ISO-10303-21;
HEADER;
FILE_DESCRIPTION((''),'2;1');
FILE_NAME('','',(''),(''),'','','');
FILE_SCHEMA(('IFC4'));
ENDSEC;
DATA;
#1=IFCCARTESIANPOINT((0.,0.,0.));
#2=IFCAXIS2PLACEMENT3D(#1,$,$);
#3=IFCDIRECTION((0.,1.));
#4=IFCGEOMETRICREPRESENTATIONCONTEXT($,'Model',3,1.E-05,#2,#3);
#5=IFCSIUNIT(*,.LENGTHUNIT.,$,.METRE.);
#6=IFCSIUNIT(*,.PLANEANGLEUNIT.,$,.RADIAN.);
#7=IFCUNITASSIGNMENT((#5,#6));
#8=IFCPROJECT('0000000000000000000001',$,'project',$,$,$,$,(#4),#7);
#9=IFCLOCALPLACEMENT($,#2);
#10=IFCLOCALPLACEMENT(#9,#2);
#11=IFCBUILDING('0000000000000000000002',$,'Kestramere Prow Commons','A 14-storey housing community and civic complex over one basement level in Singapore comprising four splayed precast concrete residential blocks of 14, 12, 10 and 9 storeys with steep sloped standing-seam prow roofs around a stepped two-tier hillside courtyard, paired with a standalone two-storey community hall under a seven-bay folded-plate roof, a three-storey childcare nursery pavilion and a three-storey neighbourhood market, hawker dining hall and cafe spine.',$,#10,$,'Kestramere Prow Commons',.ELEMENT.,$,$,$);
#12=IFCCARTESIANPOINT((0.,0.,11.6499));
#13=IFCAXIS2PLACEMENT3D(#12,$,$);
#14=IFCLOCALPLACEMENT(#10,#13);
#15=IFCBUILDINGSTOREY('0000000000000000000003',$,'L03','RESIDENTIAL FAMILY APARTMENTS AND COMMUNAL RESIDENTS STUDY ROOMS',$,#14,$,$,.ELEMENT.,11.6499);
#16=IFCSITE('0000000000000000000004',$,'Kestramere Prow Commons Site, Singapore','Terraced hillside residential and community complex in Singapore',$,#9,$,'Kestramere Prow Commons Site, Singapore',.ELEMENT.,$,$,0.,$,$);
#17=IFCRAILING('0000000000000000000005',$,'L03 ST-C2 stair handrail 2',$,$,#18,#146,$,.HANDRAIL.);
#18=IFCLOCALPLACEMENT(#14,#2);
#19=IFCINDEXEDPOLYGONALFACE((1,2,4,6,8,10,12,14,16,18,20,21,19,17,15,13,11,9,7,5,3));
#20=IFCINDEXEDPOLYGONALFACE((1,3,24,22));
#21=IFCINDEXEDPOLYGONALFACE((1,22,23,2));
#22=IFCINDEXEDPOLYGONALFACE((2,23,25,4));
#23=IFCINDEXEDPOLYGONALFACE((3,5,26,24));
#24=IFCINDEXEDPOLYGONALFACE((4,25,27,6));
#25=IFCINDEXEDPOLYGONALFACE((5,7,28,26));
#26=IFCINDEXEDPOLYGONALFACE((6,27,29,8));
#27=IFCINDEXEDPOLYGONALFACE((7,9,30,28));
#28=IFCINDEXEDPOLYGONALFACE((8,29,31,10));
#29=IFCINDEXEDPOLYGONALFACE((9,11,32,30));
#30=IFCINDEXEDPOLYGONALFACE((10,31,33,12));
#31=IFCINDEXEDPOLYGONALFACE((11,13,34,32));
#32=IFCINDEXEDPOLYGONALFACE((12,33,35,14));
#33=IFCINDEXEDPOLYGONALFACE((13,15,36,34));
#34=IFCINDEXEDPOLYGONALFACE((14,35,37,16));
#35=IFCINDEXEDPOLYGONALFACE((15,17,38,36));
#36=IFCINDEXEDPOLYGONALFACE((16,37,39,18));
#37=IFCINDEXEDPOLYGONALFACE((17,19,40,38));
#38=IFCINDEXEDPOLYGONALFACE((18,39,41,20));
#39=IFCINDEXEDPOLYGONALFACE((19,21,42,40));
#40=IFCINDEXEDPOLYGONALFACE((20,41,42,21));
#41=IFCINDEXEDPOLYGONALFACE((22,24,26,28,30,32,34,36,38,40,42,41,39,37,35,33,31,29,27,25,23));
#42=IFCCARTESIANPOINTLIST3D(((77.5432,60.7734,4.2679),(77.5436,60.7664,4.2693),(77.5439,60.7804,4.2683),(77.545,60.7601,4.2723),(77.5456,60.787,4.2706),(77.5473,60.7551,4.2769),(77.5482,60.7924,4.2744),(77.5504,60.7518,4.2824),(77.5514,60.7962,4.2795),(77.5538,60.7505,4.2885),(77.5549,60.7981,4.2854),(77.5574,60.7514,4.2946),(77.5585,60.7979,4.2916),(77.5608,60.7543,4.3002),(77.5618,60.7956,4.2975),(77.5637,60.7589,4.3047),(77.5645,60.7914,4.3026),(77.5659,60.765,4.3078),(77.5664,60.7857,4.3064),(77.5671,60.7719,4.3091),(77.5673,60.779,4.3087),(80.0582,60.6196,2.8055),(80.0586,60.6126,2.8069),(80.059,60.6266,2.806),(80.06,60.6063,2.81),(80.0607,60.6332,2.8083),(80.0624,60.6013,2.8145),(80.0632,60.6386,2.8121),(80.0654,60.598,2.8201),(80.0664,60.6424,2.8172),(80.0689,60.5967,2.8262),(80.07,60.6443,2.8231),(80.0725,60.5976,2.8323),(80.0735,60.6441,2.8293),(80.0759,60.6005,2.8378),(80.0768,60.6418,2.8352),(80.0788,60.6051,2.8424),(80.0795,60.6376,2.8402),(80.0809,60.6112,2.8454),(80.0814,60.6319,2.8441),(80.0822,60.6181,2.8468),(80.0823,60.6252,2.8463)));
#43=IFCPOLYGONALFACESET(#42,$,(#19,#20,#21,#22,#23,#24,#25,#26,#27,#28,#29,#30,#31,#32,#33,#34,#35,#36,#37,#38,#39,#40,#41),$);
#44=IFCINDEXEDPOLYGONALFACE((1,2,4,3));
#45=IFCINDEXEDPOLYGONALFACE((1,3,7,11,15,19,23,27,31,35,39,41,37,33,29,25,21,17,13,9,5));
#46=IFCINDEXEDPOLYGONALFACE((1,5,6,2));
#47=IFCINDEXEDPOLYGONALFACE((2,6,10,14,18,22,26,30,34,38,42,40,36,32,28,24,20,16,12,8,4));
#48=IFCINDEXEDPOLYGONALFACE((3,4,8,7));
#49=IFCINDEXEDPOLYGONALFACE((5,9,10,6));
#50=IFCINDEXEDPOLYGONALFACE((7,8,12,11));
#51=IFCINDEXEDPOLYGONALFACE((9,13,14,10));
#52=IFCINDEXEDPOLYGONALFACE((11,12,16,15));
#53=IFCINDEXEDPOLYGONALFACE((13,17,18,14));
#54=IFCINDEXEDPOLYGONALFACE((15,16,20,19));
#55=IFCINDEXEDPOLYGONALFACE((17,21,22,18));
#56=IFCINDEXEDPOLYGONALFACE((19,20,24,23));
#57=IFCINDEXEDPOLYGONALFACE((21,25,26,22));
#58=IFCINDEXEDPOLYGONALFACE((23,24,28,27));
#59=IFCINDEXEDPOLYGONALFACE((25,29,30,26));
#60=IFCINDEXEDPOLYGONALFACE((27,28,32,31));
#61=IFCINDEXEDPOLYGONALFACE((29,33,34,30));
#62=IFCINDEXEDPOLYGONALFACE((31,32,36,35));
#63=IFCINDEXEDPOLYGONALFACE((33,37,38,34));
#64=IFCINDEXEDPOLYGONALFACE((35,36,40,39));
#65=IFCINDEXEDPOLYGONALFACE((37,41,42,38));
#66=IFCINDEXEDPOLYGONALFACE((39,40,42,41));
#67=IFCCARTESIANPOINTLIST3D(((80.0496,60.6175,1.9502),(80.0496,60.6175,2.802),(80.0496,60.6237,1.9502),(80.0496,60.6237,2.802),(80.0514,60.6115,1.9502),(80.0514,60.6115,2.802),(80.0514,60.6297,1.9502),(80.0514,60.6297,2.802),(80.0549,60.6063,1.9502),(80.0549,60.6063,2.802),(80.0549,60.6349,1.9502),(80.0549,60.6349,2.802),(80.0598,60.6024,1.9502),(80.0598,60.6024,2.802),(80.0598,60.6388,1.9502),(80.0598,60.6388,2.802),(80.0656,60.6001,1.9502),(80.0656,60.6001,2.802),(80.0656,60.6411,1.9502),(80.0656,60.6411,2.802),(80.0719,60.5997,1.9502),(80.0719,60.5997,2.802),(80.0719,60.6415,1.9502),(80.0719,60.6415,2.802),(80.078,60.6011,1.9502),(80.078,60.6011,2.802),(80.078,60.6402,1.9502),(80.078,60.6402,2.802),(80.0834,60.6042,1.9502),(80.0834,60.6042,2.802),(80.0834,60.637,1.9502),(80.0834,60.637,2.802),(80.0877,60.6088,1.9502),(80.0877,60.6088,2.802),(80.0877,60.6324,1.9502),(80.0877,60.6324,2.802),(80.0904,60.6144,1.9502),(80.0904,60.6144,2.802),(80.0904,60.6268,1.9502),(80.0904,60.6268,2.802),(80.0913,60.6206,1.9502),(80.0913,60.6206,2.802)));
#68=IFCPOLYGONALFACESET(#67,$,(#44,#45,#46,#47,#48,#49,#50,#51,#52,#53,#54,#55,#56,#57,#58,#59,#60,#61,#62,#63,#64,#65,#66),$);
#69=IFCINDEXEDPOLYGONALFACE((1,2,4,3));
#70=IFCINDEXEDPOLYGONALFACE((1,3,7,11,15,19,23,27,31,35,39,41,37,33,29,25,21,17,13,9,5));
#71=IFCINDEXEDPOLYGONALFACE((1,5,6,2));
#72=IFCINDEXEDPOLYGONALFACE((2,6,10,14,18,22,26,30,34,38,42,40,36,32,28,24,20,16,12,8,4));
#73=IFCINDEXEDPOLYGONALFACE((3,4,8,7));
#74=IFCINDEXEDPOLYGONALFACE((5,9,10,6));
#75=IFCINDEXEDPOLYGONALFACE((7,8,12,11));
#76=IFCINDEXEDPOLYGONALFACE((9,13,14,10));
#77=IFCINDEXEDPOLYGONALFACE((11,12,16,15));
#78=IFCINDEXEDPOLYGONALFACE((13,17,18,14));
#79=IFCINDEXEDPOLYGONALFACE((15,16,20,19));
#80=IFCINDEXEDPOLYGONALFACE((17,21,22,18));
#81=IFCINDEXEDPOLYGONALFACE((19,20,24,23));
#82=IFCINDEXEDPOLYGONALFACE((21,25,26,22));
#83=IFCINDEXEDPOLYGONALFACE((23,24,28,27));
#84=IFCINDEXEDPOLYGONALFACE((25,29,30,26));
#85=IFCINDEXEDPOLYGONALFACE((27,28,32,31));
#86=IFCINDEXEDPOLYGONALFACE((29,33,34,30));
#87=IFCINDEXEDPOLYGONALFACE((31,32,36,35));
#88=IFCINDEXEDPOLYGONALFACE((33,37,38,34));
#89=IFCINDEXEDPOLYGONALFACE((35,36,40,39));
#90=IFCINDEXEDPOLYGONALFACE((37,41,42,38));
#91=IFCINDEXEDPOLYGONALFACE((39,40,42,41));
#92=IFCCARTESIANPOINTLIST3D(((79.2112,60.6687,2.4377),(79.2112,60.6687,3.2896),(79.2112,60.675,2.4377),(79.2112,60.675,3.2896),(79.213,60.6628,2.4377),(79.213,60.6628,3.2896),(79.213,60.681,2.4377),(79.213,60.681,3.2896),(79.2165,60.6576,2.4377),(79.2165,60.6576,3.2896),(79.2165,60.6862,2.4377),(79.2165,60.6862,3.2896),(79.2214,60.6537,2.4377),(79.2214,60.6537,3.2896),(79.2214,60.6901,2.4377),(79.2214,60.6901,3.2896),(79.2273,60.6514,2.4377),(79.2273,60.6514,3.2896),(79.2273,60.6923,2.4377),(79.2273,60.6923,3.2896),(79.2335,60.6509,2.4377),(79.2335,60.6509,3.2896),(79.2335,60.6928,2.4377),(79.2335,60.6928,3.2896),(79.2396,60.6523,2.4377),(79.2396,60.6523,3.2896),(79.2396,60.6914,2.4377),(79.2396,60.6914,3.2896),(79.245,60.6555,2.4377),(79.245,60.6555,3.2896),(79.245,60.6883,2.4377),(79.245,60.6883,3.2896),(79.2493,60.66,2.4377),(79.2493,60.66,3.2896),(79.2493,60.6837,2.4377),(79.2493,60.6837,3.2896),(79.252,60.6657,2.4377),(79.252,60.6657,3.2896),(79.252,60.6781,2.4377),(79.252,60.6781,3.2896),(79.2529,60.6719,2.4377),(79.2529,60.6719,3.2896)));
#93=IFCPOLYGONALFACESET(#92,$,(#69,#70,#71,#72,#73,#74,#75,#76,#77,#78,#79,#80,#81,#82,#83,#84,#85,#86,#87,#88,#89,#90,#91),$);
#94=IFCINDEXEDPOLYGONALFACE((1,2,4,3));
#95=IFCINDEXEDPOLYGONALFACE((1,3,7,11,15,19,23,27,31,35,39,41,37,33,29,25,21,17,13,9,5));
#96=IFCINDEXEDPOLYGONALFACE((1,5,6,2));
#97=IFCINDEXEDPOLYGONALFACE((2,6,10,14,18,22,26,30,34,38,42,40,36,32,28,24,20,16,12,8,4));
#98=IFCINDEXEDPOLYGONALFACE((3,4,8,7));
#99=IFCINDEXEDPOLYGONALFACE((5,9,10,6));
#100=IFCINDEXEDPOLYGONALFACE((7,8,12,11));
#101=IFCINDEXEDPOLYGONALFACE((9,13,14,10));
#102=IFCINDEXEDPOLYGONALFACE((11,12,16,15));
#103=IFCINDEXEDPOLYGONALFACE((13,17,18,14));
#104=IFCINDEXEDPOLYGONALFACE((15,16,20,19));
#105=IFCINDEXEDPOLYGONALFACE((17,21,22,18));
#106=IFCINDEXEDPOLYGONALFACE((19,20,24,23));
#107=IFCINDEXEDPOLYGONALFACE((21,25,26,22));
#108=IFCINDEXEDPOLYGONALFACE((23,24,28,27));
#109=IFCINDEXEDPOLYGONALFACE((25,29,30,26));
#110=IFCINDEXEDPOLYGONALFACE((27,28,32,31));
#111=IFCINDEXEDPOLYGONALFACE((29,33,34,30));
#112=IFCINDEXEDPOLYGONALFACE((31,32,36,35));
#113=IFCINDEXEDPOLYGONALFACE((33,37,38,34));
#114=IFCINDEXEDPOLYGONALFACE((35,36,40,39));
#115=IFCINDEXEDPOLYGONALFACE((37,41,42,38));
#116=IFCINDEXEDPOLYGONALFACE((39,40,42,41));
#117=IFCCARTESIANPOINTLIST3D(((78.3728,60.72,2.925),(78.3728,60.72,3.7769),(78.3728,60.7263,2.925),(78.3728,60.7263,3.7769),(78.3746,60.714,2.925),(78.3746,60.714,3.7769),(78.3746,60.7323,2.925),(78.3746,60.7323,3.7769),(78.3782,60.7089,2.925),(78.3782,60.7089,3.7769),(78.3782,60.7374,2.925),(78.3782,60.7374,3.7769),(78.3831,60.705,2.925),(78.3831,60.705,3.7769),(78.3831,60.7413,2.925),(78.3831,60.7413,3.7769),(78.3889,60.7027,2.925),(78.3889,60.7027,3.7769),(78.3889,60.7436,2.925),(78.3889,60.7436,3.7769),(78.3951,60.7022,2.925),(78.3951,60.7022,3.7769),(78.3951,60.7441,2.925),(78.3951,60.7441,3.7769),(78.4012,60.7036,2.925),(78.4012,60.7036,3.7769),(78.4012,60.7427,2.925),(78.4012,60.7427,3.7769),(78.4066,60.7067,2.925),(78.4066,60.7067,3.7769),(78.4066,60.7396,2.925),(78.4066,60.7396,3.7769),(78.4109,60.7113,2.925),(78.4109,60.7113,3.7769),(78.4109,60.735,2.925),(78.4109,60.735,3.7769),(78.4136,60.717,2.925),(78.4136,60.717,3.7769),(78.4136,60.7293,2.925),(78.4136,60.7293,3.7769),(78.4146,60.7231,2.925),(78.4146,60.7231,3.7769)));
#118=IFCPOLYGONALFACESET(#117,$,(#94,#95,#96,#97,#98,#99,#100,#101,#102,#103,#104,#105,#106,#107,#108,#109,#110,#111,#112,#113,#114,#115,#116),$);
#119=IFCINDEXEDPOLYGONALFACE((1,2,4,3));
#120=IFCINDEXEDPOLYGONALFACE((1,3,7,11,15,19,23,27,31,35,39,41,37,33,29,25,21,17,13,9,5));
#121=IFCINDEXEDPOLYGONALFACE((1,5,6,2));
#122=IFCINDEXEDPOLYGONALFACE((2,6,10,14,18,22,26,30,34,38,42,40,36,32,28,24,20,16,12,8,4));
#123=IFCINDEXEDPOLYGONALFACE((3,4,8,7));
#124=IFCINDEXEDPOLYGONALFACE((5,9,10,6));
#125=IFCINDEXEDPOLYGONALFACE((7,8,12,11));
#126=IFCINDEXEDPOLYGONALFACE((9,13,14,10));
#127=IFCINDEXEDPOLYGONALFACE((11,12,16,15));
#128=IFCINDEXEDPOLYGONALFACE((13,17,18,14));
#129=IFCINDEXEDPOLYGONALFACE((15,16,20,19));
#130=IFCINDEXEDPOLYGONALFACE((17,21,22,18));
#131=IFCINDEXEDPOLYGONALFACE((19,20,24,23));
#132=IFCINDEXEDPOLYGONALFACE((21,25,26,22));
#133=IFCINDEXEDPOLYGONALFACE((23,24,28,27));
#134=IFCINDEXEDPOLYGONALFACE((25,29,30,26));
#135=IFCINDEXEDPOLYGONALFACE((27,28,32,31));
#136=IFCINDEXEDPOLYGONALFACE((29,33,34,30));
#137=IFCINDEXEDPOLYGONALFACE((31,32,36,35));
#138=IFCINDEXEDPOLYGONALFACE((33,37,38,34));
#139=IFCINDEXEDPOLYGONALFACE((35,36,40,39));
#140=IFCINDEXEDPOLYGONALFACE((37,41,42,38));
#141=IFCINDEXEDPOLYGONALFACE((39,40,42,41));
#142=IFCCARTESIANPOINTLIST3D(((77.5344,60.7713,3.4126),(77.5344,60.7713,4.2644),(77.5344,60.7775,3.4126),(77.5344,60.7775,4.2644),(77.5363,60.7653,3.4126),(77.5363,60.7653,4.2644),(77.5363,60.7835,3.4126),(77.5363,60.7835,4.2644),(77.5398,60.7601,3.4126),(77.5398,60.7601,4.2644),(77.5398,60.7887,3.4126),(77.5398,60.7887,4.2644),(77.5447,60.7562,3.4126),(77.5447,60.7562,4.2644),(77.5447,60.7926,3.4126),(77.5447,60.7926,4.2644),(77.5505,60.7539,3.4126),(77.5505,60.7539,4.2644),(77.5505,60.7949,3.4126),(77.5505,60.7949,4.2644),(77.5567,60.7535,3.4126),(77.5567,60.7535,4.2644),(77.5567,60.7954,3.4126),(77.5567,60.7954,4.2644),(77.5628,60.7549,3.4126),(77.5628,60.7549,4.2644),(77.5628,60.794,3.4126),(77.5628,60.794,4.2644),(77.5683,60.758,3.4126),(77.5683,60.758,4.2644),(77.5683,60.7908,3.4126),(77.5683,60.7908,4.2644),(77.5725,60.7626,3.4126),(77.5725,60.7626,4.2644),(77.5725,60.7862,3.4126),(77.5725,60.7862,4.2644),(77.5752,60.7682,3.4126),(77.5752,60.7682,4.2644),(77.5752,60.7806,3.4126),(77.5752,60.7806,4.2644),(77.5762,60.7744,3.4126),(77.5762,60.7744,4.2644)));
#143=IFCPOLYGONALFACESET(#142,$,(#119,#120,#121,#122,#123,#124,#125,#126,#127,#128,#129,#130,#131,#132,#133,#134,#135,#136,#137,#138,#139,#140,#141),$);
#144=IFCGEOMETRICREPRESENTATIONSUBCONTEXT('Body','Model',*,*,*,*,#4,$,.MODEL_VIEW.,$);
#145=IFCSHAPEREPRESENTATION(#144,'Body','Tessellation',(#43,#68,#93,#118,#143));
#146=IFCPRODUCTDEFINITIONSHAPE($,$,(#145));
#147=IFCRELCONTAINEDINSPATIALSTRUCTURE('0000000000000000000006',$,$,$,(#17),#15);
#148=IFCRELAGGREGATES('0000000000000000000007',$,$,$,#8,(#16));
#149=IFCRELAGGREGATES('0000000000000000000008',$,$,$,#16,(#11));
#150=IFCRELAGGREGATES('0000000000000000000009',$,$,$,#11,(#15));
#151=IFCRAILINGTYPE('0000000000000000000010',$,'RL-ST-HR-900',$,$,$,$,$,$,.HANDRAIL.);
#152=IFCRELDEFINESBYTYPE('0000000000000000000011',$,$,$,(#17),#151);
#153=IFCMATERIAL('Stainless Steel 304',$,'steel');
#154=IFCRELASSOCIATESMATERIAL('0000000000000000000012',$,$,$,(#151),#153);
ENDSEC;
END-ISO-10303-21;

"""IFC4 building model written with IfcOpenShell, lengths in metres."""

from ifc_helpers import new_model, si_unit, direction, frame, origin, origin_2d, place, context, subcontext, project, spatial, circle, extrude, material, type_object, element, save


model = new_model("IFC4")

# Units and contexts
model_context = context("Model", 3, precision=1e-05, world=origin(), true_north=direction((0.0, 1.0)))
body_context = subcontext(model_context, "Body", "Model", "MODEL_VIEW")
ifc_project = project(units=[si_unit("LENGTHUNIT", "METRE"), si_unit("PLANEANGLEUNIT", "RADIAN")], contexts=[model_context])

# Site, building, storey
site_placement = place(None, origin())
site = spatial("IfcSite", under=ifc_project, at=site_placement, Name="Kestramere Prow Commons Site, Singapore", Description="Terraced hillside residential and community complex in Singapore", LongName="Kestramere Prow Commons Site, Singapore", CompositionType="ELEMENT", RefElevation=0.0)
building_placement = place(site_placement, origin())
building = spatial("IfcBuilding", under=site, at=building_placement, Name="Kestramere Prow Commons", Description="A 14-storey housing community and civic complex over one basement level in Singapore comprising four splayed precast concrete residential blocks of 14, 12, 10 and 9 storeys with steep sloped standing-seam prow roofs around a stepped two-tier hillside courtyard, paired with a standalone two-storey community hall under a seven-bay folded-plate roof, a three-storey childcare nursery pavilion and a three-storey neighbourhood market, hawker dining hall and cafe spine.", LongName="Kestramere Prow Commons", CompositionType="ELEMENT")
storey_placement = place(building_placement, frame((0.0, 0.0, 11.6499)))
storey = spatial("IfcBuildingStorey", under=building, at=storey_placement, Name="L03", Description="RESIDENTIAL FAMILY APARTMENTS AND COMMUNAL RESIDENTS STUDY ROOMS", CompositionType="ELEMENT", Elevation=11.6499)

# Railing
ifc_material_1 = material(Name="Stainless Steel 304", Category="steel")
railing_type_1 = type_object("IfcRailingType", Name="RL-ST-HR-900", PredefinedType="HANDRAIL", material=ifc_material_1)
railing_1_placement = place(storey_placement, frame((80.0703, 60.6206, 1.9502)))
element("IfcRailing", 1, at=railing_1_placement, inside=storey, type_object=railing_type_1, Name="L03 ST-C2 stair handrail 2", PredefinedType="HANDRAIL", context=body_context, shape_type="SweptSolid", body=[
    extrude(circle(Radius=0.0239, at=origin_2d()), frame((0.0, 0.0, 0.876), z_axis=(-0.863285, 0.052793, 0.501949), x_axis=(-0.061039, -0.998135, 0.0)), (0.0, 0.0, 1.0), 2.9133),
    extrude(circle(Radius=0.021, at=origin_2d()), origin(), (0.0, 0.0, 1.0), 0.8518),
    extrude(circle(Radius=0.021, at=origin_2d()), frame((-0.8384, 0.0513, 0.4875)), (0.0, 0.0, 1.0), 0.8518),
    extrude(circle(Radius=0.021, at=origin_2d()), frame((-1.6768, 0.1025, 0.9749)), (0.0, 0.0, 1.0), 0.8518),
    extrude(circle(Radius=0.021, at=origin_2d()), frame((-2.5151, 0.1538, 1.4624)), (0.0, 0.0, 1.0), 0.8518),
])

save(model, "model.ifc")
